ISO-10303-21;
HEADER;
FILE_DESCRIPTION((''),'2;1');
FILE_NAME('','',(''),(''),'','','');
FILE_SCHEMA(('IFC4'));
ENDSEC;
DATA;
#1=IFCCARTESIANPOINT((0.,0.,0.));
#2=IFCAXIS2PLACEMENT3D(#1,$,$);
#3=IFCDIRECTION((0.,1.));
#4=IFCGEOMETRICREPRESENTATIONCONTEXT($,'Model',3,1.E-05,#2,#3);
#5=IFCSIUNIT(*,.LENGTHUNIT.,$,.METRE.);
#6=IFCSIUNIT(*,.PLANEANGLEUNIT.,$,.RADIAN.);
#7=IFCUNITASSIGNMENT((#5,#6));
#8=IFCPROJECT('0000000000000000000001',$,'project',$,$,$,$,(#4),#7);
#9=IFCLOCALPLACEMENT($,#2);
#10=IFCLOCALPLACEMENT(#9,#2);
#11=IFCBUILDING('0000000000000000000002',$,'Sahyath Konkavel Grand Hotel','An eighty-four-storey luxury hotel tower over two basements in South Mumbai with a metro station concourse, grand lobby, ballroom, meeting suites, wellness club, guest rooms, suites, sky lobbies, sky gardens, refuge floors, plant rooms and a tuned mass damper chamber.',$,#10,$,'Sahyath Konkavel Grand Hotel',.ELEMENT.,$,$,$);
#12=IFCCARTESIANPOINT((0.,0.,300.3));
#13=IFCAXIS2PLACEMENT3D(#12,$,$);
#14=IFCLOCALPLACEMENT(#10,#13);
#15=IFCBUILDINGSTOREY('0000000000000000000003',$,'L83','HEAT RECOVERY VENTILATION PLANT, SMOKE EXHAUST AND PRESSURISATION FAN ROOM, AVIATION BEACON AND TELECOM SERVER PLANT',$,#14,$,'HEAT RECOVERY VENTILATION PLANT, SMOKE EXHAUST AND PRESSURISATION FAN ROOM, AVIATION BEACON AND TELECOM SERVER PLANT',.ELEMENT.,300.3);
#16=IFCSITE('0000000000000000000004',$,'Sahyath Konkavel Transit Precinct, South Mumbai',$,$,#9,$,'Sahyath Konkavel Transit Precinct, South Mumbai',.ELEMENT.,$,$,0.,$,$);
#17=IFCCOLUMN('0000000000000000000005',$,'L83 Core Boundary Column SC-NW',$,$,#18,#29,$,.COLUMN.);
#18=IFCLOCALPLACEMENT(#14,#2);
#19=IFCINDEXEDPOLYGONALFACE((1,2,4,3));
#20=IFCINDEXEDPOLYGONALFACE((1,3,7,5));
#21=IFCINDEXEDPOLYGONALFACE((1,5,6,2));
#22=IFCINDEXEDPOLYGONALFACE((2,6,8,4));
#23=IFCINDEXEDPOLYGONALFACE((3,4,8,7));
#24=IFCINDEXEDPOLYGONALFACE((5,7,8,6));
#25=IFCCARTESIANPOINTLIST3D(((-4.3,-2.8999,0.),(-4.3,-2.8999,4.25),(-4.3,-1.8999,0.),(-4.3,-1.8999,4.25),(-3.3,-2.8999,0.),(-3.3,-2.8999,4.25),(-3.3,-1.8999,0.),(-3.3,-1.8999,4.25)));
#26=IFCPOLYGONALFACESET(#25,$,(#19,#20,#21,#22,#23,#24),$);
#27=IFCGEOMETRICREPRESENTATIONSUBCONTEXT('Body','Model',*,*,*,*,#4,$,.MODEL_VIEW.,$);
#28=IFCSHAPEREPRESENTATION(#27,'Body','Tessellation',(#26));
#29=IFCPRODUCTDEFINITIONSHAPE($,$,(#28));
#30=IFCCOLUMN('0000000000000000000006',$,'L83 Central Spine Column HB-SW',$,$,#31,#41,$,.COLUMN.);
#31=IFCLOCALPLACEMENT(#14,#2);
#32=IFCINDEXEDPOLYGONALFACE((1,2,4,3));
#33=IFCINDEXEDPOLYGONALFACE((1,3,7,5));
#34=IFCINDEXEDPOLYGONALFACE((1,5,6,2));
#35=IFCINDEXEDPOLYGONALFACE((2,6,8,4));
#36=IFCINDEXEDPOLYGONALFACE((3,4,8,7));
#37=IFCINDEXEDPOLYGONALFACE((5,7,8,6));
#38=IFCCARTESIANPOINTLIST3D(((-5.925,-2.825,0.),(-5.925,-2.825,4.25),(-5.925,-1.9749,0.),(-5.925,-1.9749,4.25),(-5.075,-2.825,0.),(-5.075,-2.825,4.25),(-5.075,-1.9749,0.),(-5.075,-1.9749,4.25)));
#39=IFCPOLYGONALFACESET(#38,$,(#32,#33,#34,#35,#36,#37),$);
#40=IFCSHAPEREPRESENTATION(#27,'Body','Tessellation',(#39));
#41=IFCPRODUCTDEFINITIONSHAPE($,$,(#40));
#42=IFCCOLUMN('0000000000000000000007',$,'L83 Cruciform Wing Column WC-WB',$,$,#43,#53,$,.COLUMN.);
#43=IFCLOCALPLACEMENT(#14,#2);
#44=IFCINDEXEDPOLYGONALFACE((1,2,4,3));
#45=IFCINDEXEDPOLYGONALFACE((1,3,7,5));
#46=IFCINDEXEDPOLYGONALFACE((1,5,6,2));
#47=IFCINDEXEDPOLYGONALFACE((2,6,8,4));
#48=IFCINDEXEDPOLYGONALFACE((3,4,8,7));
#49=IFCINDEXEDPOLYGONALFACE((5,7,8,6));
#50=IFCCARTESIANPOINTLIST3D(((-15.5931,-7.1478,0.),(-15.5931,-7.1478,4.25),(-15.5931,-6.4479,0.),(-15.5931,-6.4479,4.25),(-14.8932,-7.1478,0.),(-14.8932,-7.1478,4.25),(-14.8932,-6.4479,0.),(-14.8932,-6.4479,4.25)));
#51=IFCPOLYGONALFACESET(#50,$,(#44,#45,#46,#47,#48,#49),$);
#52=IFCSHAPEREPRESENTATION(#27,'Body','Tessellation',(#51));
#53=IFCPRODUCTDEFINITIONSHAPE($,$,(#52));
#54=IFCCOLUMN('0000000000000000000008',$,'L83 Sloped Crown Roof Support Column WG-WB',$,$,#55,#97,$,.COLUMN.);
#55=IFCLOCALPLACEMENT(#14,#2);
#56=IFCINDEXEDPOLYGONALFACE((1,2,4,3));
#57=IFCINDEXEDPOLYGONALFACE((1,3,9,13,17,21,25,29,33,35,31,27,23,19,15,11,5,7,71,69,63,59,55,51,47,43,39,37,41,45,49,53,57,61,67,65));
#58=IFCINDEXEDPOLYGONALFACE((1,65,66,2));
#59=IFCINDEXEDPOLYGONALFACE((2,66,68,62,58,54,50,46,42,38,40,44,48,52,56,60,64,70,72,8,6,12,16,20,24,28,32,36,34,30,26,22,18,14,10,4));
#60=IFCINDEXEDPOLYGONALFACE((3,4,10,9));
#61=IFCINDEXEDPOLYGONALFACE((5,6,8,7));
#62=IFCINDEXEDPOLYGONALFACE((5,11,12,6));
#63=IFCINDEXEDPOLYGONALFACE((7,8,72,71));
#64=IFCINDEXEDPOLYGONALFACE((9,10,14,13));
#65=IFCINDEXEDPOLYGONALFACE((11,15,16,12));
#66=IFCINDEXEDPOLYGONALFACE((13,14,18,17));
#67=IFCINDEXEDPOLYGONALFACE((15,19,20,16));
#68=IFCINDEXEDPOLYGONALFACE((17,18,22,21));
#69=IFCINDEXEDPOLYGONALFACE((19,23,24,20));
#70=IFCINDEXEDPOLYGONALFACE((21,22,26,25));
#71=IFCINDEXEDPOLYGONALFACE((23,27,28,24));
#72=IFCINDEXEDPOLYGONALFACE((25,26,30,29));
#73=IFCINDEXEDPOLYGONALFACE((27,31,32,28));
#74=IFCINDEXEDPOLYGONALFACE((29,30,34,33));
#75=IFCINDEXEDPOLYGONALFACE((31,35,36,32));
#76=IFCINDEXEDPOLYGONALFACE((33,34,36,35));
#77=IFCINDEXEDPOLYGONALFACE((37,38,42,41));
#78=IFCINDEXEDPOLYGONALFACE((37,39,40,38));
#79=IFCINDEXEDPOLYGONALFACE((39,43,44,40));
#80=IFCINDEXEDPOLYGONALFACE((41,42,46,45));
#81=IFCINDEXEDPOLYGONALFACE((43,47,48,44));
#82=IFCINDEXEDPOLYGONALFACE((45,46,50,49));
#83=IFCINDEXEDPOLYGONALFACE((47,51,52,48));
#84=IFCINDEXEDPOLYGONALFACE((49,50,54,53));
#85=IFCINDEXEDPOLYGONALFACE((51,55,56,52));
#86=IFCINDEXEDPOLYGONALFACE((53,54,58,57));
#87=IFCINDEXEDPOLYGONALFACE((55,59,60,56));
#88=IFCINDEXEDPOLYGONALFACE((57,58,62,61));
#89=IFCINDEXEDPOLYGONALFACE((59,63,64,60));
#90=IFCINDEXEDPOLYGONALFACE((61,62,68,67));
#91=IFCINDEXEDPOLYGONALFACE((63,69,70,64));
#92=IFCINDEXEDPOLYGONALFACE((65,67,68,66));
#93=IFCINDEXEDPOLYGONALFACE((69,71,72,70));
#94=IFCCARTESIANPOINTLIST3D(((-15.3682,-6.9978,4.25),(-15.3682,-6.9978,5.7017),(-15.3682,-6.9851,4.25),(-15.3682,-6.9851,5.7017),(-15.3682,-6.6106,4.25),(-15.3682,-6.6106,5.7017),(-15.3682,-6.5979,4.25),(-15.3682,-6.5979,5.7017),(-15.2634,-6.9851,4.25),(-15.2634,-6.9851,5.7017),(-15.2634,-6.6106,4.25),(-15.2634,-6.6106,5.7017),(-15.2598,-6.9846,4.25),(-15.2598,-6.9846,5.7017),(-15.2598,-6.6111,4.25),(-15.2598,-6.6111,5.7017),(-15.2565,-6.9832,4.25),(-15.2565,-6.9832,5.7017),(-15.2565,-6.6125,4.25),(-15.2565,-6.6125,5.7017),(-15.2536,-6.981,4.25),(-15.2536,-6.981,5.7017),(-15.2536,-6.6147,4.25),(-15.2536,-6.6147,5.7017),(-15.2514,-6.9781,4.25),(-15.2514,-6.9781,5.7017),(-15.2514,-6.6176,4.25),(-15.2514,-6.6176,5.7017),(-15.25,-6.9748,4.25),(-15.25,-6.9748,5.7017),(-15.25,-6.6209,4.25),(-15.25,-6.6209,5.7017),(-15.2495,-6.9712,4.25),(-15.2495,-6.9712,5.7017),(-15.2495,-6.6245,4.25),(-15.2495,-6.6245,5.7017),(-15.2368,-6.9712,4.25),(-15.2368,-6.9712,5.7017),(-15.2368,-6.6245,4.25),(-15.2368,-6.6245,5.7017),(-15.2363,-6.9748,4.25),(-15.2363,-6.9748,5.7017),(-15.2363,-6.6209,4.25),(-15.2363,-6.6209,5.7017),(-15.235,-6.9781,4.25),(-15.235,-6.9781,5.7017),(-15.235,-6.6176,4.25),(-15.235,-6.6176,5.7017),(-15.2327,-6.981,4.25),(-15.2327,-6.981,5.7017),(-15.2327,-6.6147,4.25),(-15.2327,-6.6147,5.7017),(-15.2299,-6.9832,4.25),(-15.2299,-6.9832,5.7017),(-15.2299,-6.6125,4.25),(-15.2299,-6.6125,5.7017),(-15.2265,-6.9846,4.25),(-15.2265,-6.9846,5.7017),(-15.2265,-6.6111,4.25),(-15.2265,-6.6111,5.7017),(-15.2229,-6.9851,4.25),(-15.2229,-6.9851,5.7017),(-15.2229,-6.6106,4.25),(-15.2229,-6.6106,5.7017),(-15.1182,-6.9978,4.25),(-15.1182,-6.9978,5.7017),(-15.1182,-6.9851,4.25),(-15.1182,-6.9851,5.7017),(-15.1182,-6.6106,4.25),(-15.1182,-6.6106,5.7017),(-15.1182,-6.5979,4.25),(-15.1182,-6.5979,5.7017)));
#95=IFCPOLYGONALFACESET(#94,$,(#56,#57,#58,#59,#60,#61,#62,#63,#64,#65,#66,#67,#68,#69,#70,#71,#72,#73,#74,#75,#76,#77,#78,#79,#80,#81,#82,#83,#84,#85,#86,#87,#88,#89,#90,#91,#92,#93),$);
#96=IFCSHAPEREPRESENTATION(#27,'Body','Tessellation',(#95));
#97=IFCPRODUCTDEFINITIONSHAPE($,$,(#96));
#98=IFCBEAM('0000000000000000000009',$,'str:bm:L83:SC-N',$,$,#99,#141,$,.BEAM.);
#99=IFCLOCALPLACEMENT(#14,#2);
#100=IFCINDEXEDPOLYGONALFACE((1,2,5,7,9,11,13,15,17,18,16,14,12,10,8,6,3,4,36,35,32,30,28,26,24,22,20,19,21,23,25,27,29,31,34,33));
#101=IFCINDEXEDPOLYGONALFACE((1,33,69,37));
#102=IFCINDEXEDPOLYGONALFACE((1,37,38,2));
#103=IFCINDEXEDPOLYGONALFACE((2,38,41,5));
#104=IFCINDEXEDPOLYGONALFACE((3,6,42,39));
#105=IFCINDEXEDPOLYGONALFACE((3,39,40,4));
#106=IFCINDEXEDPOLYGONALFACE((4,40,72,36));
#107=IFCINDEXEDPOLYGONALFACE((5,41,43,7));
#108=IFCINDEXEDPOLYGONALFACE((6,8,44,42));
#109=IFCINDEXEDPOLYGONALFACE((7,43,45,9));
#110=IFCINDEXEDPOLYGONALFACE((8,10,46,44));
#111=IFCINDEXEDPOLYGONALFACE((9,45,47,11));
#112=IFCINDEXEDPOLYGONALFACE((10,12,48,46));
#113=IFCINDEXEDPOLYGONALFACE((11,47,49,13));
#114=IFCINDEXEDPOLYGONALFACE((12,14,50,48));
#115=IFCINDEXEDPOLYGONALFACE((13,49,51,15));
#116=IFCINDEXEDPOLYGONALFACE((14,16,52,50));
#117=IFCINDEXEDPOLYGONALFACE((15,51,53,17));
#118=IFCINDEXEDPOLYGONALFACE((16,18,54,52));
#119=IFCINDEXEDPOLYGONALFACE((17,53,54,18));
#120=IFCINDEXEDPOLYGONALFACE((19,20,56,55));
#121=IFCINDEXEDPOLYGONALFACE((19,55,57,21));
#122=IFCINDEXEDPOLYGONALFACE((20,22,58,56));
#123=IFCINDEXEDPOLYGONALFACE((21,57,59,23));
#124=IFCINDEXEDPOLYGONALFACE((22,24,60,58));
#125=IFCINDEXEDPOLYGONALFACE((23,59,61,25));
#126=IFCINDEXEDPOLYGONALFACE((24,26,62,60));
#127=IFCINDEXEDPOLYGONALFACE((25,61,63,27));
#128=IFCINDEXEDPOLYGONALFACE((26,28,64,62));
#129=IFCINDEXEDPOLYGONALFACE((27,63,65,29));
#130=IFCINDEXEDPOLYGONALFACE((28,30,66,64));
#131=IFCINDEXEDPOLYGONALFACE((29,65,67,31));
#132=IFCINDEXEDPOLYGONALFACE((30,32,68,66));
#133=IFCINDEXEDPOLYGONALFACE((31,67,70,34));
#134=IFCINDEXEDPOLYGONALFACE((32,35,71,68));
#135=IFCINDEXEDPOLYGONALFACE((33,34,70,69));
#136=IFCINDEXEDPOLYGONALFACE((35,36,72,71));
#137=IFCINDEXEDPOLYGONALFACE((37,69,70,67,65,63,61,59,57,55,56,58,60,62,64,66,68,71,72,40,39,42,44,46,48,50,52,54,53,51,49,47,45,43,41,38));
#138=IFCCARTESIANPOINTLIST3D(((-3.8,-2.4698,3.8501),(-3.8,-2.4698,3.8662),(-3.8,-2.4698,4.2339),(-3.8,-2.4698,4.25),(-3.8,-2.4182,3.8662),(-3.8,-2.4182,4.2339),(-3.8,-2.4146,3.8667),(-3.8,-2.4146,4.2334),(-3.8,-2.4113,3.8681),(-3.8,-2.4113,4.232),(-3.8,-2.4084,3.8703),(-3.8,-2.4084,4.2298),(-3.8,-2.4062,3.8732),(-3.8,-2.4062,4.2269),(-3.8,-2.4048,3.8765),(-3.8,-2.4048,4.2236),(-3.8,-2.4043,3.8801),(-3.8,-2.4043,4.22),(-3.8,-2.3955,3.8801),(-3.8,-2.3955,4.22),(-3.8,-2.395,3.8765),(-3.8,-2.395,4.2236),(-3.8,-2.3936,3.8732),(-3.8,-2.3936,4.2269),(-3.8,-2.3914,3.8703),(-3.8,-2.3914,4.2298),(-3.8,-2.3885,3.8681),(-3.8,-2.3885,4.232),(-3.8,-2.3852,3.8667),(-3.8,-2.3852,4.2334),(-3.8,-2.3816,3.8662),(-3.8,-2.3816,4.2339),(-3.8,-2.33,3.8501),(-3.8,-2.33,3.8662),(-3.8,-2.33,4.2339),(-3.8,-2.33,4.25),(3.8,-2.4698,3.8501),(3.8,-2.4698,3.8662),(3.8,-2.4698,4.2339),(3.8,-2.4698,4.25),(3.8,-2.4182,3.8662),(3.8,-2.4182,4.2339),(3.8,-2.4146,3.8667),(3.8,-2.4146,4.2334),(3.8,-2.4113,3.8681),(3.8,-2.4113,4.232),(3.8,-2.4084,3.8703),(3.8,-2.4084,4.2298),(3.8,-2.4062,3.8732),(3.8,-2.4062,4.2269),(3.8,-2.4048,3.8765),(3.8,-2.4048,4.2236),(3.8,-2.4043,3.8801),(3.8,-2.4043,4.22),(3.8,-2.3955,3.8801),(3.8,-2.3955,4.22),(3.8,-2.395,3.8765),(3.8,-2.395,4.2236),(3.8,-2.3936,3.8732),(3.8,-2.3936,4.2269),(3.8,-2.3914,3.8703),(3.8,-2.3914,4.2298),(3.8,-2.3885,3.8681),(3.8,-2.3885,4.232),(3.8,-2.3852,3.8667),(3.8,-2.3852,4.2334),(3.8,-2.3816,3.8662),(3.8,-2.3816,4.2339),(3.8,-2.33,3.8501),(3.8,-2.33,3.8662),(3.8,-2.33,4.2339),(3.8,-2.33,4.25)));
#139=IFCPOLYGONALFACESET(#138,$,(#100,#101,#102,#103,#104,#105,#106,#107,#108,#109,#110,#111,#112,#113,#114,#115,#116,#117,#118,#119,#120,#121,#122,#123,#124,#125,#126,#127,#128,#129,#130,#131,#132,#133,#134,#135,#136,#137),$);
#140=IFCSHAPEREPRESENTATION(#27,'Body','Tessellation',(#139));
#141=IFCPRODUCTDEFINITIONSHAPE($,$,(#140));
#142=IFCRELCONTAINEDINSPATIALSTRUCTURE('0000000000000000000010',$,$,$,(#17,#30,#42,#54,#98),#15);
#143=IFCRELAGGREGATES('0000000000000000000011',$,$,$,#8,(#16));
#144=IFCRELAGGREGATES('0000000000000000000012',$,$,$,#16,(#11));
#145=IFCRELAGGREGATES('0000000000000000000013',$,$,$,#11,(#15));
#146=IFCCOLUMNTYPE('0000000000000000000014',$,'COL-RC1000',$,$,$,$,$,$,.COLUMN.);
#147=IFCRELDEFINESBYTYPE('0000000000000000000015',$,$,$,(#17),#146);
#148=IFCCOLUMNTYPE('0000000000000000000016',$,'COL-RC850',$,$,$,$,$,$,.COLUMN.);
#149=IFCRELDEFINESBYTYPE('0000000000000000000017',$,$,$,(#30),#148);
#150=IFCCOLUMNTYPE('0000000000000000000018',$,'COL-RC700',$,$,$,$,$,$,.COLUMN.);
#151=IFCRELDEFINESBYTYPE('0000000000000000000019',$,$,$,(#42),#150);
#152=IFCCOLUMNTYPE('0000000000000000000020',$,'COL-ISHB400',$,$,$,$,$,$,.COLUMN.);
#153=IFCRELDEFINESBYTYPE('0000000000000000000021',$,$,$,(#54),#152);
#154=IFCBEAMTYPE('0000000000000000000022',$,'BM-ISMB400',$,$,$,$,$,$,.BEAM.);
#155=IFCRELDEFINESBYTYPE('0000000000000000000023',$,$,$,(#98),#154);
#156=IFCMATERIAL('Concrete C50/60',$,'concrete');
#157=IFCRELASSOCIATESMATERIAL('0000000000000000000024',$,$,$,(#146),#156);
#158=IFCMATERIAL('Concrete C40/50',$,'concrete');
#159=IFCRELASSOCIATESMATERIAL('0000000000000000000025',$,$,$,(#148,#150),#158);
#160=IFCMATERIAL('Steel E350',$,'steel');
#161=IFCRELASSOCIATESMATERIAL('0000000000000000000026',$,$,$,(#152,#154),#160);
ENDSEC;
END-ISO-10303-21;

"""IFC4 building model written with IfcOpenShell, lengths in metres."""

from ifc_helpers import new_model, si_unit, direction, frame, origin, origin_2d, place, context, subcontext, project, spatial, rectangle, i_section, extrude, source, transform, mapped, material, material_profile, profile_set, type_object, element, save


model = new_model("IFC4")

# Units and contexts
model_context = context("Model", 3, precision=1e-05, world=origin(), true_north=direction((0.0, 1.0)))
body_context = subcontext(model_context, "Body", "Model", "MODEL_VIEW")
ifc_project = project(units=[si_unit("LENGTHUNIT", "METRE"), si_unit("PLANEANGLEUNIT", "RADIAN")], contexts=[model_context])

# Site, building, storey
site_placement = place(None, origin())
site = spatial("IfcSite", under=ifc_project, at=site_placement, Name="Sahyath Konkavel Transit Precinct, South Mumbai", LongName="Sahyath Konkavel Transit Precinct, South Mumbai", CompositionType="ELEMENT", RefElevation=0.0)
building_placement = place(site_placement, origin())
building = spatial("IfcBuilding", under=site, at=building_placement, Name="Sahyath Konkavel Grand Hotel", Description="An eighty-four-storey luxury hotel tower over two basements in South Mumbai with a metro station concourse, grand lobby, ballroom, meeting suites, wellness club, guest rooms, suites, sky lobbies, sky gardens, refuge floors, plant rooms and a tuned mass damper chamber.", LongName="Sahyath Konkavel Grand Hotel", CompositionType="ELEMENT")
storey_placement = place(building_placement, frame((0.0, 0.0, 300.3)))
storey = spatial("IfcBuildingStorey", under=building, at=storey_placement, Name="L83", Description="HEAT RECOVERY VENTILATION PLANT, SMOKE EXHAUST AND PRESSURISATION FAN ROOM, AVIATION BEACON AND TELECOM SERVER PLANT", LongName="HEAT RECOVERY VENTILATION PLANT, SMOKE EXHAUST AND PRESSURISATION FAN ROOM, AVIATION BEACON AND TELECOM SERVER PLANT", CompositionType="ELEMENT", Elevation=300.3)

# Columns
ifc_material_1 = material(Name="Concrete C50/60", Category="concrete")
ifc_material_profile_1 = material_profile(ifc_material_1, rectangle(XDim=1.0, YDim=1.0, at=origin_2d()), Name="RC 1000x1000")
ifc_profile_set_1 = profile_set([ifc_material_profile_1], Name="Concrete C50/60")
column_type_1 = type_object("IfcColumnType", Name="COL-RC1000", PredefinedType="COLUMN", material=ifc_profile_set_1)
shared_shape_1 = source(origin(), body_context, "Body", "SweptSolid", [
    extrude(rectangle(XDim=1.0, YDim=1.0, at=origin_2d()), origin(), (0.0, 0.0, 1.0), 4.25),
])
column_1_placement = place(storey_placement, frame((-3.8, -2.3999, 0.0), z_axis=(0.0, 0.0, 1.0), x_axis=(1.0, 0.0, 0.0)))
element("IfcColumn", 1, at=column_1_placement, inside=storey, type_object=column_type_1, Name="L83 Core Boundary Column SC-NW", PredefinedType="COLUMN", context=body_context, shape_type="MappedRepresentation", body=[
    mapped(shared_shape_1, transform((0.0, 0.0, 0.0), scale=1.0)),
])
ifc_material_2 = material(Name="Concrete C40/50", Category="concrete")
ifc_material_profile_2 = material_profile(ifc_material_2, rectangle(XDim=0.8501, YDim=0.8501, at=origin_2d()), Name="RC 850x850")
ifc_profile_set_2 = profile_set([ifc_material_profile_2], Name="Concrete C40/50")
column_type_2 = type_object("IfcColumnType", Name="COL-RC850", PredefinedType="COLUMN", material=ifc_profile_set_2)
shared_shape_2 = source(origin(), body_context, "Body", "SweptSolid", [
    extrude(rectangle(XDim=0.8501, YDim=0.8501, at=origin_2d()), origin(), (0.0, 0.0, 1.0), 4.25),
])
column_2_placement = place(storey_placement, frame((-5.5, -2.3999, 0.0), z_axis=(0.0, 0.0, 1.0), x_axis=(1.0, 0.0, 0.0)))
element("IfcColumn", 2, at=column_2_placement, inside=storey, type_object=column_type_2, Name="L83 Central Spine Column HB-SW", PredefinedType="COLUMN", context=body_context, shape_type="MappedRepresentation", body=[
    mapped(shared_shape_2, transform((0.0, 0.0, 0.0), scale=1.0)),
])
ifc_material_profile_3 = material_profile(ifc_material_2, rectangle(XDim=0.7, YDim=0.7, at=origin_2d()), Name="RC 700x700")
ifc_profile_set_3 = profile_set([ifc_material_profile_3], Name="Concrete C40/50")
column_type_3 = type_object("IfcColumnType", Name="COL-RC700", PredefinedType="COLUMN", material=ifc_profile_set_3)
shared_shape_3 = source(origin(), body_context, "Body", "SweptSolid", [
    extrude(rectangle(XDim=0.7, YDim=0.7, at=origin_2d()), origin(), (0.0, 0.0, 1.0), 4.25),
])
column_3_placement = place(storey_placement, frame((-15.2432, -6.7979, 0.0), z_axis=(0.0, 0.0, 1.0), x_axis=(1.0, 0.0, 0.0)))
element("IfcColumn", 3, at=column_3_placement, inside=storey, type_object=column_type_3, Name="L83 Cruciform Wing Column WC-WB", PredefinedType="COLUMN", context=body_context, shape_type="MappedRepresentation", body=[
    mapped(shared_shape_3, transform((0.0, 0.0, 0.0), scale=1.0)),
])
ifc_material_3 = material(Name="Steel E350", Category="steel")
ifc_material_profile_4 = material_profile(ifc_material_3, i_section(OverallWidth=0.25, OverallDepth=0.3999, WebThickness=0.0127, FlangeThickness=0.0127, FilletRadius=0.0139, at=origin_2d()), Name="ISHB 400")
ifc_profile_set_4 = profile_set([ifc_material_profile_4], Name="Steel E350")
column_type_4 = type_object("IfcColumnType", Name="COL-ISHB400", PredefinedType="COLUMN", material=ifc_profile_set_4)
shared_shape_4 = source(origin(), body_context, "Body", "SweptSolid", [
    extrude(i_section(OverallWidth=0.25, OverallDepth=0.3999, WebThickness=0.0127, FlangeThickness=0.0127, FilletRadius=0.0139, at=origin_2d()), origin(), (0.0, 0.0, 1.0), 1.4517),
])
column_4_placement = place(storey_placement, frame((-15.2432, -6.7979, 4.25), z_axis=(0.0, 0.0, 1.0), x_axis=(1.0, 0.0, 0.0)))
element("IfcColumn", 4, at=column_4_placement, inside=storey, type_object=column_type_4, Name="L83 Sloped Crown Roof Support Column WG-WB", PredefinedType="COLUMN", context=body_context, shape_type="MappedRepresentation", body=[
    mapped(shared_shape_4, transform((0.0, 0.0, 0.0), scale=1.0)),
])

# Beam
ifc_material_profile_5 = material_profile(ifc_material_3, i_section(OverallWidth=0.1399, OverallDepth=0.3999, WebThickness=0.0088, FlangeThickness=0.0161, FilletRadius=0.0139, at=origin_2d()), Name="ISMB 400")
ifc_profile_set_5 = profile_set([ifc_material_profile_5], Name="Steel E350")
beam_type_1 = type_object("IfcBeamType", Name="BM-ISMB400", PredefinedType="BEAM", material=ifc_profile_set_5)
shared_shape_5 = source(origin(), body_context, "Body", "SweptSolid", [
    extrude(i_section(OverallWidth=0.1399, OverallDepth=0.3999, WebThickness=0.0088, FlangeThickness=0.0161, FilletRadius=0.0139, at=origin_2d()), origin(), (0.0, 0.0, 1.0), 7.6001),
])
beam_1_placement = place(storey_placement, frame((-3.8, -2.3999, 4.05), z_axis=(1.0, 0.0, 0.0), x_axis=(0.0, 1.0, 0.0)))
element("IfcBeam", 5, at=beam_1_placement, inside=storey, type_object=beam_type_1, Name="str:bm:L83:SC-N", PredefinedType="BEAM", context=body_context, shape_type="MappedRepresentation", body=[
    mapped(shared_shape_5, transform((0.0, 0.0, 0.0), scale=1.0)),
])

save(model, "model.ifc")
